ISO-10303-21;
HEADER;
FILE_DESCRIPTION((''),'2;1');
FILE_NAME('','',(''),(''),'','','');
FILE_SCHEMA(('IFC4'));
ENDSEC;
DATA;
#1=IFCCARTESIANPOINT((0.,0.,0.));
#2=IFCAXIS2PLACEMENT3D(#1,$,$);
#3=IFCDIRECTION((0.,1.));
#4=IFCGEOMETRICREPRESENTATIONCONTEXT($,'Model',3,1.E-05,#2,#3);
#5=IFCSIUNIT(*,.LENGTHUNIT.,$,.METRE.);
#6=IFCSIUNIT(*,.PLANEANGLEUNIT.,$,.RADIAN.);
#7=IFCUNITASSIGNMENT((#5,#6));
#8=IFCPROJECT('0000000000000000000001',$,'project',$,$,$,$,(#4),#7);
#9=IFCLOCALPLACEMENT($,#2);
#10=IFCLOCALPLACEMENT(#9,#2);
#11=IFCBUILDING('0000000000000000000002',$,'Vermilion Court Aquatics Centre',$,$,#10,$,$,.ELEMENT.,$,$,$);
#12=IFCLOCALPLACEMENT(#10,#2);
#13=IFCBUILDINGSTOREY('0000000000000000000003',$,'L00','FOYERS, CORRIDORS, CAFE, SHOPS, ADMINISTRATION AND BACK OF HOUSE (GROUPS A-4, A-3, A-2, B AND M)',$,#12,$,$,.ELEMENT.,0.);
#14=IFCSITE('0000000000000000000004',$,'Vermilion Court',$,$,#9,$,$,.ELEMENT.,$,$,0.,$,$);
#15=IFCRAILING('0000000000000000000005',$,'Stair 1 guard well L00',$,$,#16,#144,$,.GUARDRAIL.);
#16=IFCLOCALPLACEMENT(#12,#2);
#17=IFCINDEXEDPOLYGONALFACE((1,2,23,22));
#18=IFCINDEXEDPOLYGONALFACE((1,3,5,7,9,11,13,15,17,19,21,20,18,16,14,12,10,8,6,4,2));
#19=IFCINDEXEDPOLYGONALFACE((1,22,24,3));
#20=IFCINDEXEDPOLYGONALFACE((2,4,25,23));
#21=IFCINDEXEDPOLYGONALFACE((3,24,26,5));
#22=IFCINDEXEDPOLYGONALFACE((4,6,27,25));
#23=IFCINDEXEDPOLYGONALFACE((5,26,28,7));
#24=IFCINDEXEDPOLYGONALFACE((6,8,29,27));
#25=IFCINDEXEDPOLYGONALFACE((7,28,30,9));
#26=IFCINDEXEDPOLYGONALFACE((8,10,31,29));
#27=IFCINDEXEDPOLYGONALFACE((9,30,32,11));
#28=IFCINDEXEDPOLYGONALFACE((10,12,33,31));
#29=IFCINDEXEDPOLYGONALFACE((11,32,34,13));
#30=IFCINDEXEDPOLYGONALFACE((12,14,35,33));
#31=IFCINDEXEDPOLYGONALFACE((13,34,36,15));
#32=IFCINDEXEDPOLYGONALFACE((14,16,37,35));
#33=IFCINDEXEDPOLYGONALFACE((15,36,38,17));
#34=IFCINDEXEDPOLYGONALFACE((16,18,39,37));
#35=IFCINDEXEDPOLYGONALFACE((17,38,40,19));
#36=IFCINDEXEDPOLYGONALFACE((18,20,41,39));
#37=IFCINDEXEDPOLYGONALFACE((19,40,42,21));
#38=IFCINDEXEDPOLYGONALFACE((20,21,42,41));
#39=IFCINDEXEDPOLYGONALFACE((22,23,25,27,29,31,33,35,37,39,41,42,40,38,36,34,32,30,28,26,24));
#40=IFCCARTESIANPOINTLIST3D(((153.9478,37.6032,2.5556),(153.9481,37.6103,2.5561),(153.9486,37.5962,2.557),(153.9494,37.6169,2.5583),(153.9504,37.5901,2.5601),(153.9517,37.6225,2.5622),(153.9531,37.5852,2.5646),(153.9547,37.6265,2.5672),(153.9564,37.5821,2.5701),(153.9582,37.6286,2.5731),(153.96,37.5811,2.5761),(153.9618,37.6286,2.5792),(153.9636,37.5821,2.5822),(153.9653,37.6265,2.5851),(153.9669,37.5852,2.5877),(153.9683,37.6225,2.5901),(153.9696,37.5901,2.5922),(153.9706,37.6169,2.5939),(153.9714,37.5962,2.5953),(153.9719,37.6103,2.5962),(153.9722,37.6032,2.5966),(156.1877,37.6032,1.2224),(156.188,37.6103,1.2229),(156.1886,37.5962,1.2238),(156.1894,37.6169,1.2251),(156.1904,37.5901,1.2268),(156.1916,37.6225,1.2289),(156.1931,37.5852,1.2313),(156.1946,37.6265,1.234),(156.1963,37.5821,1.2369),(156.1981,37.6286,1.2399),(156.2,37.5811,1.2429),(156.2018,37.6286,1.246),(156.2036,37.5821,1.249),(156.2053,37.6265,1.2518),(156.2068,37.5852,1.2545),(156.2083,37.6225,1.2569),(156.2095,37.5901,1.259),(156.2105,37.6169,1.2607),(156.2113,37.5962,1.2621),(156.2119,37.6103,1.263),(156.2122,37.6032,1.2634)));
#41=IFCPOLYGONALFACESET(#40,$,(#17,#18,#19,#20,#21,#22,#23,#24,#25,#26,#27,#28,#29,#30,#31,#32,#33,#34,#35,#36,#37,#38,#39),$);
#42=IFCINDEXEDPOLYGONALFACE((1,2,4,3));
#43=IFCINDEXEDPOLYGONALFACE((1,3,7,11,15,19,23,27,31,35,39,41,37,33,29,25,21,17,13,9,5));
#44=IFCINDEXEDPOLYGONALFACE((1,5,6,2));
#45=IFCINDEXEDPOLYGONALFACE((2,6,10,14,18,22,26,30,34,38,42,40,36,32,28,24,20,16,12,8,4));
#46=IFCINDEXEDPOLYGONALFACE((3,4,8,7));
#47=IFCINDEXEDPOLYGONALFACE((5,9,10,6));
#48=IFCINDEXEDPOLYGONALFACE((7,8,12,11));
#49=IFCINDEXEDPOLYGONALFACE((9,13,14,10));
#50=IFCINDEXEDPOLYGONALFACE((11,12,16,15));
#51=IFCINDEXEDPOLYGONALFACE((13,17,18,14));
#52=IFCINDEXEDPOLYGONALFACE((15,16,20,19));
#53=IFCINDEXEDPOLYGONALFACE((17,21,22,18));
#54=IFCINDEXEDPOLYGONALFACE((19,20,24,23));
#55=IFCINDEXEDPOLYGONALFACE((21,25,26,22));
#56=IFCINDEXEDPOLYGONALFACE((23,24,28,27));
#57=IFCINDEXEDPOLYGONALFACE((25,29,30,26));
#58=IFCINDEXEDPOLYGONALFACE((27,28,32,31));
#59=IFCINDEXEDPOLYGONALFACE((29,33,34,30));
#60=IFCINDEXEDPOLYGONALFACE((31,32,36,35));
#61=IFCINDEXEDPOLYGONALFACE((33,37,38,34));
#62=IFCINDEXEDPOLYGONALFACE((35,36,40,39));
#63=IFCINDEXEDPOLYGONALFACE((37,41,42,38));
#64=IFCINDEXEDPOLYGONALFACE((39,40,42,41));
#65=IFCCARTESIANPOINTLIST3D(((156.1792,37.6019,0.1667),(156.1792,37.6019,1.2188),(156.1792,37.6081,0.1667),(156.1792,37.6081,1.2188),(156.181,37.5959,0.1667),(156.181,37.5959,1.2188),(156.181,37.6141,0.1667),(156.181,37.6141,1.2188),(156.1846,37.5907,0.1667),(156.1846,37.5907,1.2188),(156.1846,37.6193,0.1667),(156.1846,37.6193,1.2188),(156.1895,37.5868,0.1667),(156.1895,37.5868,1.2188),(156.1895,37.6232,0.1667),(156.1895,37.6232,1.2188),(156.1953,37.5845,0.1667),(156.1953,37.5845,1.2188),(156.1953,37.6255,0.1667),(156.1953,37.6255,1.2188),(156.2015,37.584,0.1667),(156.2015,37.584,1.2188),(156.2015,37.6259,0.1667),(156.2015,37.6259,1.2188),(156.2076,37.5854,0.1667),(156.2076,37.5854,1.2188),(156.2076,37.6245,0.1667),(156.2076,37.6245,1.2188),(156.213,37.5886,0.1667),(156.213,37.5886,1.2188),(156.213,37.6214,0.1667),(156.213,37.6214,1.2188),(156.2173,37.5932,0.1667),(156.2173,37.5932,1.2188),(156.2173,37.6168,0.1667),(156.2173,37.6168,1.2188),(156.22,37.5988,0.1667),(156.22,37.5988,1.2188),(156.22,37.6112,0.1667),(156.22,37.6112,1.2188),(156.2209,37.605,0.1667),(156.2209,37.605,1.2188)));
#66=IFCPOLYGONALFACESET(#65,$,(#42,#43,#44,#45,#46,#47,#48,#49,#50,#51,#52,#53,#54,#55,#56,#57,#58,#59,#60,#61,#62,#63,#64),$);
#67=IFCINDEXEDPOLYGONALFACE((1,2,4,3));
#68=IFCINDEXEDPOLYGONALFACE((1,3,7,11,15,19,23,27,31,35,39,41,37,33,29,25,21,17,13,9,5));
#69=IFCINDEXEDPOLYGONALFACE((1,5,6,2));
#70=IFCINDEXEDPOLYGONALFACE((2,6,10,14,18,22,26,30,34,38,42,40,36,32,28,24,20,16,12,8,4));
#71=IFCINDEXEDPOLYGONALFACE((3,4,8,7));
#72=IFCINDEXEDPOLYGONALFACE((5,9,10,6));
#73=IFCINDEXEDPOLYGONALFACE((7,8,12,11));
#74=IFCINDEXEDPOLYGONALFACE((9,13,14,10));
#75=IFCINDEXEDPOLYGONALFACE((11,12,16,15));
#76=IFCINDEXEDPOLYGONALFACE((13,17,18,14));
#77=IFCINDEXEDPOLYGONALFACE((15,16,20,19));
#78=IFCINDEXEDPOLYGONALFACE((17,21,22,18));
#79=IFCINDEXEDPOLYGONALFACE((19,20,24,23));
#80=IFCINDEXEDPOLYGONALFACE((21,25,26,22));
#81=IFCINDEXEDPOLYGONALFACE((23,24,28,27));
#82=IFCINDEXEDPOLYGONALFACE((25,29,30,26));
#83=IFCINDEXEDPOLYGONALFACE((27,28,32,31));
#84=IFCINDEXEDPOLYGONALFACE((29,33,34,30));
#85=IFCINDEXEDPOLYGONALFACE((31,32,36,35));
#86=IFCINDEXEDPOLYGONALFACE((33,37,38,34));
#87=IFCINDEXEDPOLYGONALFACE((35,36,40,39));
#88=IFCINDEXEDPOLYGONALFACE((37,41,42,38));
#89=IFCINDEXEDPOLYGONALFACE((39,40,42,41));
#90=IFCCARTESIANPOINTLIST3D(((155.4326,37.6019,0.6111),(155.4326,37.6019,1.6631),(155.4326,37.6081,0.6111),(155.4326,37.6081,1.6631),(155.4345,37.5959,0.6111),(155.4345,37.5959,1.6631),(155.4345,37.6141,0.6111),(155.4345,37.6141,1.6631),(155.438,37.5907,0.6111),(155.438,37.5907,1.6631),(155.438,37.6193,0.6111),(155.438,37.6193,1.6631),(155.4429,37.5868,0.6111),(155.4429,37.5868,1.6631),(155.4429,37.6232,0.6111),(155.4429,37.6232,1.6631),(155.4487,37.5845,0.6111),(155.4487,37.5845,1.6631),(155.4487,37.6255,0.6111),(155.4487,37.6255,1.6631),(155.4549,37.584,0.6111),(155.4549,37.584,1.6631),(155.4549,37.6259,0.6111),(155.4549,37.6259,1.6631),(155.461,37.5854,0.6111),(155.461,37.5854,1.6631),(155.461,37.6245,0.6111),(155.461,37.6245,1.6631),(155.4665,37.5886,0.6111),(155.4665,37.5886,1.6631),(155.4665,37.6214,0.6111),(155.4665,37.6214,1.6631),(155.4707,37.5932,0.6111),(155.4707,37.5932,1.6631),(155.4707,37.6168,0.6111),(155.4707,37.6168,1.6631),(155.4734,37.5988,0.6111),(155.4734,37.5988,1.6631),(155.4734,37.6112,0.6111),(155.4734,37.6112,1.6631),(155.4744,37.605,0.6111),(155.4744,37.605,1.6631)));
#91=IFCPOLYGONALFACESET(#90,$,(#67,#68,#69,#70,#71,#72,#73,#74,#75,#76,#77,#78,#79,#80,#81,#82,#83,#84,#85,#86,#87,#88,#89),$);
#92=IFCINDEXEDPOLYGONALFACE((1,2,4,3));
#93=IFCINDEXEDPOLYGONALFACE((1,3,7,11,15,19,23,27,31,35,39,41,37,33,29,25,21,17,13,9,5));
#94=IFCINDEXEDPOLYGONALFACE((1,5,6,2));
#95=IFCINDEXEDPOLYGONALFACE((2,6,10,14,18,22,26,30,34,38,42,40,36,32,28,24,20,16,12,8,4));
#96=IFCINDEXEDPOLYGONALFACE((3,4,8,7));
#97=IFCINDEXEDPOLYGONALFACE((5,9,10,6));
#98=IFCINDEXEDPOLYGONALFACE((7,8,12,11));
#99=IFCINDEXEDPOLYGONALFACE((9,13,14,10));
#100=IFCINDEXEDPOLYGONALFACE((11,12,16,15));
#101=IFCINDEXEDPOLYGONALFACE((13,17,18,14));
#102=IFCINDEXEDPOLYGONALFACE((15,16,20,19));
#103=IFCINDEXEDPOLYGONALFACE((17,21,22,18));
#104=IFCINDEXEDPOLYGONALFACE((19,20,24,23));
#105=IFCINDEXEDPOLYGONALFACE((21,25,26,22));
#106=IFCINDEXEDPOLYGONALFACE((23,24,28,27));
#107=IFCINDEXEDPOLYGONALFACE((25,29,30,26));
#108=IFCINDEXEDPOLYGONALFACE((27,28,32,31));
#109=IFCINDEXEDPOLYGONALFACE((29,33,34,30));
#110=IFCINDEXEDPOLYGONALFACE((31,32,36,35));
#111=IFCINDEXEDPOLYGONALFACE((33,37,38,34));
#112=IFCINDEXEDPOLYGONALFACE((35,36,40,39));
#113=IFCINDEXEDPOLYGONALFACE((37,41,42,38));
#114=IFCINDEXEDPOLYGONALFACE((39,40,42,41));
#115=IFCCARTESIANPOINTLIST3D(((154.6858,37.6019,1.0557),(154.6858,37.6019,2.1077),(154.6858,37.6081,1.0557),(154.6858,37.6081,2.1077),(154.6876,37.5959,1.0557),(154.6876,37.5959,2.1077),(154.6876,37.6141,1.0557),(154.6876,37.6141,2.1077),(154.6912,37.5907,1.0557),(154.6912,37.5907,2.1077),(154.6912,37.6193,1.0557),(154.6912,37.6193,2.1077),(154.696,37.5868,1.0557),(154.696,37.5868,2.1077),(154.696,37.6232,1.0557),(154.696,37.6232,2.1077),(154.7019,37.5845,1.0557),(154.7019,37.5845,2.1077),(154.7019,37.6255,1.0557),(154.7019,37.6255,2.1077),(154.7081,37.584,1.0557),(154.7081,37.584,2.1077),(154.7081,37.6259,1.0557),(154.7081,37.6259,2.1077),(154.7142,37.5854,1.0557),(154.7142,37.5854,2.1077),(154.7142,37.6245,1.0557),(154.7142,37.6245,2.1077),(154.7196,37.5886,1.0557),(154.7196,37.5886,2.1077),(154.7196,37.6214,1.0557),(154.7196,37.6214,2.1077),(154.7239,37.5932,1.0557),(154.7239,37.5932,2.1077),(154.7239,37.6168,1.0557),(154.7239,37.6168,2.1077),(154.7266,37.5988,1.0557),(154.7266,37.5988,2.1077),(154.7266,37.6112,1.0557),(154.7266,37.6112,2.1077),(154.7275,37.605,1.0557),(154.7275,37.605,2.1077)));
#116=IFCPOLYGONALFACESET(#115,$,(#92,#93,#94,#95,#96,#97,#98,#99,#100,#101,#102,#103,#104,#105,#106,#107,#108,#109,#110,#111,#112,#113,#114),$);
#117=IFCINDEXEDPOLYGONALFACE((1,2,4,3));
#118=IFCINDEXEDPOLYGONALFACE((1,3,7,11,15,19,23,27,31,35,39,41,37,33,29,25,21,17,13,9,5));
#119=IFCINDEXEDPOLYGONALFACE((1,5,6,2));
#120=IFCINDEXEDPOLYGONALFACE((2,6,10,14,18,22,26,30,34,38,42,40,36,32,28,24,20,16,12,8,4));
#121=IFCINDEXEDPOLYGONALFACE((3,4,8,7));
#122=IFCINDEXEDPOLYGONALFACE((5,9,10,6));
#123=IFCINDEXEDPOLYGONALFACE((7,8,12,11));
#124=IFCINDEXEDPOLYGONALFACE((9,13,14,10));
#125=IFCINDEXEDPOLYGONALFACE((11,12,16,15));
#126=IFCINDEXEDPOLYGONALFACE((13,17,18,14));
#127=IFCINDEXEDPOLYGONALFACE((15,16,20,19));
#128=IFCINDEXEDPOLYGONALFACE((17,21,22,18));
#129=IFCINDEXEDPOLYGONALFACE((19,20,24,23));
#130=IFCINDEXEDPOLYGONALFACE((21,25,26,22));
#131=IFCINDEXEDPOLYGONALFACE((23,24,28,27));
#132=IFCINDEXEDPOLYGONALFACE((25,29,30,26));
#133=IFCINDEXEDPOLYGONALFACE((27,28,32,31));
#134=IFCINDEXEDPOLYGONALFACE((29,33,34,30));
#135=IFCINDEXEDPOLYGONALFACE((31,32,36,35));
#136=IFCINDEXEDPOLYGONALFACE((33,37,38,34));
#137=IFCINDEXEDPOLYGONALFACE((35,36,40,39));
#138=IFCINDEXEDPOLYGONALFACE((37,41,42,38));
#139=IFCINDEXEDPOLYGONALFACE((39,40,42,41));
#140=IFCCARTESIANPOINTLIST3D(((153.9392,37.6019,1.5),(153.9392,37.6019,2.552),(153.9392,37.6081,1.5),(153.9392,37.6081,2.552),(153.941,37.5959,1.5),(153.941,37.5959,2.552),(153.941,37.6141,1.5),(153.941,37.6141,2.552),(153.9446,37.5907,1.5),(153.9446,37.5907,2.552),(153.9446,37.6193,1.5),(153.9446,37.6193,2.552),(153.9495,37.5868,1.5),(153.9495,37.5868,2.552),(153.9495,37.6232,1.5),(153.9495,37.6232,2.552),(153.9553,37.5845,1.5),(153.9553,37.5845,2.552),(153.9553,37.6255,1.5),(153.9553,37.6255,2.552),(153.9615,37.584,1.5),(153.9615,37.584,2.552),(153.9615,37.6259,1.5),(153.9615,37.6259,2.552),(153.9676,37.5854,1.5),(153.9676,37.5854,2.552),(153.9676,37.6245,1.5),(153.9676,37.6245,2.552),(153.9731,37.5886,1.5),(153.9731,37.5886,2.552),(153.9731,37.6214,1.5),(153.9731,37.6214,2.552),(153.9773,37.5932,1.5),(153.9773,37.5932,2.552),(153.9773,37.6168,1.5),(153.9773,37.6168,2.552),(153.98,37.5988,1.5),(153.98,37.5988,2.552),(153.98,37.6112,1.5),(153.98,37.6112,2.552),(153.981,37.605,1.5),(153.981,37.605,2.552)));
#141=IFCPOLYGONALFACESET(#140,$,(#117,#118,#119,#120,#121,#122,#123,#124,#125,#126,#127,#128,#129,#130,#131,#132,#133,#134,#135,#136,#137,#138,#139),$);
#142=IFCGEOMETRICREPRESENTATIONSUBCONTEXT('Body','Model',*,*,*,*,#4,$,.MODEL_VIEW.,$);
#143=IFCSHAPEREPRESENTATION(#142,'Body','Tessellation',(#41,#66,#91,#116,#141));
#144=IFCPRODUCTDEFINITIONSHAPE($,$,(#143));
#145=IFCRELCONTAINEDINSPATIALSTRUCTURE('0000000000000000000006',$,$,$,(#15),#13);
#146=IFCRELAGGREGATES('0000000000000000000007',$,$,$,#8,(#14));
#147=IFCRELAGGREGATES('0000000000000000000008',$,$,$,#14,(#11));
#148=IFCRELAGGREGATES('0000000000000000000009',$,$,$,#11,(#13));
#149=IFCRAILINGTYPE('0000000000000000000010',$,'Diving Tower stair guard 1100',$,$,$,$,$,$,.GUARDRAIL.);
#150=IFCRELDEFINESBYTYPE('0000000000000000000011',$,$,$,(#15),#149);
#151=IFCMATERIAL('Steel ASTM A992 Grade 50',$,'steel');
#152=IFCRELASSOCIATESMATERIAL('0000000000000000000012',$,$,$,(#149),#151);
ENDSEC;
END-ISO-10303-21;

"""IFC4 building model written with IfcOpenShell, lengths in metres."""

from ifc_helpers import new_model, si_unit, direction, frame, origin, origin_2d, place, context, subcontext, project, spatial, circle, extrude, material, type_object, element, save


model = new_model("IFC4")

# Units and contexts
model_context = context("Model", 3, precision=1e-05, world=origin(), true_north=direction((0.0, 1.0)))
body_context = subcontext(model_context, "Body", "Model", "MODEL_VIEW")
ifc_project = project(units=[si_unit("LENGTHUNIT", "METRE"), si_unit("PLANEANGLEUNIT", "RADIAN")], contexts=[model_context])

# Site, building, storey
site_placement = place(None, origin())
site = spatial("IfcSite", under=ifc_project, at=site_placement, Name="Vermilion Court", CompositionType="ELEMENT", RefElevation=0.0)
building_placement = place(site_placement, origin())
building = spatial("IfcBuilding", under=site, at=building_placement, Name="Vermilion Court Aquatics Centre", CompositionType="ELEMENT")
storey_placement = place(building_placement, origin())
storey = spatial("IfcBuildingStorey", under=building, at=storey_placement, Name="L00", Description="FOYERS, CORRIDORS, CAFE, SHOPS, ADMINISTRATION AND BACK OF HOUSE (GROUPS A-4, A-3, A-2, B AND M)", CompositionType="ELEMENT", Elevation=0.0)

# Railing
ifc_material_1 = material(Name="Steel ASTM A992 Grade 50", Category="steel")
railing_type_1 = type_object("IfcRailingType", Name="Diving Tower stair guard 1100", PredefinedType="GUARDRAIL", material=ifc_material_1)
for number, where, name in (
    (1, (156.2, 37.605, 0.1667), "Stair 1 guard well L00"),
):
    element("IfcRailing", number, at=place(storey_placement, frame(where)), inside=storey, type_object=railing_type_1, Name=name, PredefinedType="GUARDRAIL", context=body_context, shape_type="SweptSolid", body=[
        extrude(circle(Radius=0.0239, at=origin_2d()), frame((0.0, 0.0, 1.0762), z_axis=(-0.859306, 0.0, 0.511462), x_axis=(0.0, -1.0, 0.0)), (0.0, 0.0, 1.0), 2.6067),
        extrude(circle(Radius=0.021, at=origin_2d()), origin(), (0.0, 0.0, 1.0), 1.052),
        extrude(circle(Radius=0.021, at=origin_2d()), frame((-0.7466, 0.0, 0.4443)), (0.0, 0.0, 1.0), 1.052),
        extrude(circle(Radius=0.021, at=origin_2d()), frame((-1.4934, 0.0, 0.8889)), (0.0, 0.0, 1.0), 1.052),
        extrude(circle(Radius=0.021, at=origin_2d()), frame((-2.24, 0.0, 1.3333)), (0.0, 0.0, 1.0), 1.052),
    ])

save(model, "model.ifc")
